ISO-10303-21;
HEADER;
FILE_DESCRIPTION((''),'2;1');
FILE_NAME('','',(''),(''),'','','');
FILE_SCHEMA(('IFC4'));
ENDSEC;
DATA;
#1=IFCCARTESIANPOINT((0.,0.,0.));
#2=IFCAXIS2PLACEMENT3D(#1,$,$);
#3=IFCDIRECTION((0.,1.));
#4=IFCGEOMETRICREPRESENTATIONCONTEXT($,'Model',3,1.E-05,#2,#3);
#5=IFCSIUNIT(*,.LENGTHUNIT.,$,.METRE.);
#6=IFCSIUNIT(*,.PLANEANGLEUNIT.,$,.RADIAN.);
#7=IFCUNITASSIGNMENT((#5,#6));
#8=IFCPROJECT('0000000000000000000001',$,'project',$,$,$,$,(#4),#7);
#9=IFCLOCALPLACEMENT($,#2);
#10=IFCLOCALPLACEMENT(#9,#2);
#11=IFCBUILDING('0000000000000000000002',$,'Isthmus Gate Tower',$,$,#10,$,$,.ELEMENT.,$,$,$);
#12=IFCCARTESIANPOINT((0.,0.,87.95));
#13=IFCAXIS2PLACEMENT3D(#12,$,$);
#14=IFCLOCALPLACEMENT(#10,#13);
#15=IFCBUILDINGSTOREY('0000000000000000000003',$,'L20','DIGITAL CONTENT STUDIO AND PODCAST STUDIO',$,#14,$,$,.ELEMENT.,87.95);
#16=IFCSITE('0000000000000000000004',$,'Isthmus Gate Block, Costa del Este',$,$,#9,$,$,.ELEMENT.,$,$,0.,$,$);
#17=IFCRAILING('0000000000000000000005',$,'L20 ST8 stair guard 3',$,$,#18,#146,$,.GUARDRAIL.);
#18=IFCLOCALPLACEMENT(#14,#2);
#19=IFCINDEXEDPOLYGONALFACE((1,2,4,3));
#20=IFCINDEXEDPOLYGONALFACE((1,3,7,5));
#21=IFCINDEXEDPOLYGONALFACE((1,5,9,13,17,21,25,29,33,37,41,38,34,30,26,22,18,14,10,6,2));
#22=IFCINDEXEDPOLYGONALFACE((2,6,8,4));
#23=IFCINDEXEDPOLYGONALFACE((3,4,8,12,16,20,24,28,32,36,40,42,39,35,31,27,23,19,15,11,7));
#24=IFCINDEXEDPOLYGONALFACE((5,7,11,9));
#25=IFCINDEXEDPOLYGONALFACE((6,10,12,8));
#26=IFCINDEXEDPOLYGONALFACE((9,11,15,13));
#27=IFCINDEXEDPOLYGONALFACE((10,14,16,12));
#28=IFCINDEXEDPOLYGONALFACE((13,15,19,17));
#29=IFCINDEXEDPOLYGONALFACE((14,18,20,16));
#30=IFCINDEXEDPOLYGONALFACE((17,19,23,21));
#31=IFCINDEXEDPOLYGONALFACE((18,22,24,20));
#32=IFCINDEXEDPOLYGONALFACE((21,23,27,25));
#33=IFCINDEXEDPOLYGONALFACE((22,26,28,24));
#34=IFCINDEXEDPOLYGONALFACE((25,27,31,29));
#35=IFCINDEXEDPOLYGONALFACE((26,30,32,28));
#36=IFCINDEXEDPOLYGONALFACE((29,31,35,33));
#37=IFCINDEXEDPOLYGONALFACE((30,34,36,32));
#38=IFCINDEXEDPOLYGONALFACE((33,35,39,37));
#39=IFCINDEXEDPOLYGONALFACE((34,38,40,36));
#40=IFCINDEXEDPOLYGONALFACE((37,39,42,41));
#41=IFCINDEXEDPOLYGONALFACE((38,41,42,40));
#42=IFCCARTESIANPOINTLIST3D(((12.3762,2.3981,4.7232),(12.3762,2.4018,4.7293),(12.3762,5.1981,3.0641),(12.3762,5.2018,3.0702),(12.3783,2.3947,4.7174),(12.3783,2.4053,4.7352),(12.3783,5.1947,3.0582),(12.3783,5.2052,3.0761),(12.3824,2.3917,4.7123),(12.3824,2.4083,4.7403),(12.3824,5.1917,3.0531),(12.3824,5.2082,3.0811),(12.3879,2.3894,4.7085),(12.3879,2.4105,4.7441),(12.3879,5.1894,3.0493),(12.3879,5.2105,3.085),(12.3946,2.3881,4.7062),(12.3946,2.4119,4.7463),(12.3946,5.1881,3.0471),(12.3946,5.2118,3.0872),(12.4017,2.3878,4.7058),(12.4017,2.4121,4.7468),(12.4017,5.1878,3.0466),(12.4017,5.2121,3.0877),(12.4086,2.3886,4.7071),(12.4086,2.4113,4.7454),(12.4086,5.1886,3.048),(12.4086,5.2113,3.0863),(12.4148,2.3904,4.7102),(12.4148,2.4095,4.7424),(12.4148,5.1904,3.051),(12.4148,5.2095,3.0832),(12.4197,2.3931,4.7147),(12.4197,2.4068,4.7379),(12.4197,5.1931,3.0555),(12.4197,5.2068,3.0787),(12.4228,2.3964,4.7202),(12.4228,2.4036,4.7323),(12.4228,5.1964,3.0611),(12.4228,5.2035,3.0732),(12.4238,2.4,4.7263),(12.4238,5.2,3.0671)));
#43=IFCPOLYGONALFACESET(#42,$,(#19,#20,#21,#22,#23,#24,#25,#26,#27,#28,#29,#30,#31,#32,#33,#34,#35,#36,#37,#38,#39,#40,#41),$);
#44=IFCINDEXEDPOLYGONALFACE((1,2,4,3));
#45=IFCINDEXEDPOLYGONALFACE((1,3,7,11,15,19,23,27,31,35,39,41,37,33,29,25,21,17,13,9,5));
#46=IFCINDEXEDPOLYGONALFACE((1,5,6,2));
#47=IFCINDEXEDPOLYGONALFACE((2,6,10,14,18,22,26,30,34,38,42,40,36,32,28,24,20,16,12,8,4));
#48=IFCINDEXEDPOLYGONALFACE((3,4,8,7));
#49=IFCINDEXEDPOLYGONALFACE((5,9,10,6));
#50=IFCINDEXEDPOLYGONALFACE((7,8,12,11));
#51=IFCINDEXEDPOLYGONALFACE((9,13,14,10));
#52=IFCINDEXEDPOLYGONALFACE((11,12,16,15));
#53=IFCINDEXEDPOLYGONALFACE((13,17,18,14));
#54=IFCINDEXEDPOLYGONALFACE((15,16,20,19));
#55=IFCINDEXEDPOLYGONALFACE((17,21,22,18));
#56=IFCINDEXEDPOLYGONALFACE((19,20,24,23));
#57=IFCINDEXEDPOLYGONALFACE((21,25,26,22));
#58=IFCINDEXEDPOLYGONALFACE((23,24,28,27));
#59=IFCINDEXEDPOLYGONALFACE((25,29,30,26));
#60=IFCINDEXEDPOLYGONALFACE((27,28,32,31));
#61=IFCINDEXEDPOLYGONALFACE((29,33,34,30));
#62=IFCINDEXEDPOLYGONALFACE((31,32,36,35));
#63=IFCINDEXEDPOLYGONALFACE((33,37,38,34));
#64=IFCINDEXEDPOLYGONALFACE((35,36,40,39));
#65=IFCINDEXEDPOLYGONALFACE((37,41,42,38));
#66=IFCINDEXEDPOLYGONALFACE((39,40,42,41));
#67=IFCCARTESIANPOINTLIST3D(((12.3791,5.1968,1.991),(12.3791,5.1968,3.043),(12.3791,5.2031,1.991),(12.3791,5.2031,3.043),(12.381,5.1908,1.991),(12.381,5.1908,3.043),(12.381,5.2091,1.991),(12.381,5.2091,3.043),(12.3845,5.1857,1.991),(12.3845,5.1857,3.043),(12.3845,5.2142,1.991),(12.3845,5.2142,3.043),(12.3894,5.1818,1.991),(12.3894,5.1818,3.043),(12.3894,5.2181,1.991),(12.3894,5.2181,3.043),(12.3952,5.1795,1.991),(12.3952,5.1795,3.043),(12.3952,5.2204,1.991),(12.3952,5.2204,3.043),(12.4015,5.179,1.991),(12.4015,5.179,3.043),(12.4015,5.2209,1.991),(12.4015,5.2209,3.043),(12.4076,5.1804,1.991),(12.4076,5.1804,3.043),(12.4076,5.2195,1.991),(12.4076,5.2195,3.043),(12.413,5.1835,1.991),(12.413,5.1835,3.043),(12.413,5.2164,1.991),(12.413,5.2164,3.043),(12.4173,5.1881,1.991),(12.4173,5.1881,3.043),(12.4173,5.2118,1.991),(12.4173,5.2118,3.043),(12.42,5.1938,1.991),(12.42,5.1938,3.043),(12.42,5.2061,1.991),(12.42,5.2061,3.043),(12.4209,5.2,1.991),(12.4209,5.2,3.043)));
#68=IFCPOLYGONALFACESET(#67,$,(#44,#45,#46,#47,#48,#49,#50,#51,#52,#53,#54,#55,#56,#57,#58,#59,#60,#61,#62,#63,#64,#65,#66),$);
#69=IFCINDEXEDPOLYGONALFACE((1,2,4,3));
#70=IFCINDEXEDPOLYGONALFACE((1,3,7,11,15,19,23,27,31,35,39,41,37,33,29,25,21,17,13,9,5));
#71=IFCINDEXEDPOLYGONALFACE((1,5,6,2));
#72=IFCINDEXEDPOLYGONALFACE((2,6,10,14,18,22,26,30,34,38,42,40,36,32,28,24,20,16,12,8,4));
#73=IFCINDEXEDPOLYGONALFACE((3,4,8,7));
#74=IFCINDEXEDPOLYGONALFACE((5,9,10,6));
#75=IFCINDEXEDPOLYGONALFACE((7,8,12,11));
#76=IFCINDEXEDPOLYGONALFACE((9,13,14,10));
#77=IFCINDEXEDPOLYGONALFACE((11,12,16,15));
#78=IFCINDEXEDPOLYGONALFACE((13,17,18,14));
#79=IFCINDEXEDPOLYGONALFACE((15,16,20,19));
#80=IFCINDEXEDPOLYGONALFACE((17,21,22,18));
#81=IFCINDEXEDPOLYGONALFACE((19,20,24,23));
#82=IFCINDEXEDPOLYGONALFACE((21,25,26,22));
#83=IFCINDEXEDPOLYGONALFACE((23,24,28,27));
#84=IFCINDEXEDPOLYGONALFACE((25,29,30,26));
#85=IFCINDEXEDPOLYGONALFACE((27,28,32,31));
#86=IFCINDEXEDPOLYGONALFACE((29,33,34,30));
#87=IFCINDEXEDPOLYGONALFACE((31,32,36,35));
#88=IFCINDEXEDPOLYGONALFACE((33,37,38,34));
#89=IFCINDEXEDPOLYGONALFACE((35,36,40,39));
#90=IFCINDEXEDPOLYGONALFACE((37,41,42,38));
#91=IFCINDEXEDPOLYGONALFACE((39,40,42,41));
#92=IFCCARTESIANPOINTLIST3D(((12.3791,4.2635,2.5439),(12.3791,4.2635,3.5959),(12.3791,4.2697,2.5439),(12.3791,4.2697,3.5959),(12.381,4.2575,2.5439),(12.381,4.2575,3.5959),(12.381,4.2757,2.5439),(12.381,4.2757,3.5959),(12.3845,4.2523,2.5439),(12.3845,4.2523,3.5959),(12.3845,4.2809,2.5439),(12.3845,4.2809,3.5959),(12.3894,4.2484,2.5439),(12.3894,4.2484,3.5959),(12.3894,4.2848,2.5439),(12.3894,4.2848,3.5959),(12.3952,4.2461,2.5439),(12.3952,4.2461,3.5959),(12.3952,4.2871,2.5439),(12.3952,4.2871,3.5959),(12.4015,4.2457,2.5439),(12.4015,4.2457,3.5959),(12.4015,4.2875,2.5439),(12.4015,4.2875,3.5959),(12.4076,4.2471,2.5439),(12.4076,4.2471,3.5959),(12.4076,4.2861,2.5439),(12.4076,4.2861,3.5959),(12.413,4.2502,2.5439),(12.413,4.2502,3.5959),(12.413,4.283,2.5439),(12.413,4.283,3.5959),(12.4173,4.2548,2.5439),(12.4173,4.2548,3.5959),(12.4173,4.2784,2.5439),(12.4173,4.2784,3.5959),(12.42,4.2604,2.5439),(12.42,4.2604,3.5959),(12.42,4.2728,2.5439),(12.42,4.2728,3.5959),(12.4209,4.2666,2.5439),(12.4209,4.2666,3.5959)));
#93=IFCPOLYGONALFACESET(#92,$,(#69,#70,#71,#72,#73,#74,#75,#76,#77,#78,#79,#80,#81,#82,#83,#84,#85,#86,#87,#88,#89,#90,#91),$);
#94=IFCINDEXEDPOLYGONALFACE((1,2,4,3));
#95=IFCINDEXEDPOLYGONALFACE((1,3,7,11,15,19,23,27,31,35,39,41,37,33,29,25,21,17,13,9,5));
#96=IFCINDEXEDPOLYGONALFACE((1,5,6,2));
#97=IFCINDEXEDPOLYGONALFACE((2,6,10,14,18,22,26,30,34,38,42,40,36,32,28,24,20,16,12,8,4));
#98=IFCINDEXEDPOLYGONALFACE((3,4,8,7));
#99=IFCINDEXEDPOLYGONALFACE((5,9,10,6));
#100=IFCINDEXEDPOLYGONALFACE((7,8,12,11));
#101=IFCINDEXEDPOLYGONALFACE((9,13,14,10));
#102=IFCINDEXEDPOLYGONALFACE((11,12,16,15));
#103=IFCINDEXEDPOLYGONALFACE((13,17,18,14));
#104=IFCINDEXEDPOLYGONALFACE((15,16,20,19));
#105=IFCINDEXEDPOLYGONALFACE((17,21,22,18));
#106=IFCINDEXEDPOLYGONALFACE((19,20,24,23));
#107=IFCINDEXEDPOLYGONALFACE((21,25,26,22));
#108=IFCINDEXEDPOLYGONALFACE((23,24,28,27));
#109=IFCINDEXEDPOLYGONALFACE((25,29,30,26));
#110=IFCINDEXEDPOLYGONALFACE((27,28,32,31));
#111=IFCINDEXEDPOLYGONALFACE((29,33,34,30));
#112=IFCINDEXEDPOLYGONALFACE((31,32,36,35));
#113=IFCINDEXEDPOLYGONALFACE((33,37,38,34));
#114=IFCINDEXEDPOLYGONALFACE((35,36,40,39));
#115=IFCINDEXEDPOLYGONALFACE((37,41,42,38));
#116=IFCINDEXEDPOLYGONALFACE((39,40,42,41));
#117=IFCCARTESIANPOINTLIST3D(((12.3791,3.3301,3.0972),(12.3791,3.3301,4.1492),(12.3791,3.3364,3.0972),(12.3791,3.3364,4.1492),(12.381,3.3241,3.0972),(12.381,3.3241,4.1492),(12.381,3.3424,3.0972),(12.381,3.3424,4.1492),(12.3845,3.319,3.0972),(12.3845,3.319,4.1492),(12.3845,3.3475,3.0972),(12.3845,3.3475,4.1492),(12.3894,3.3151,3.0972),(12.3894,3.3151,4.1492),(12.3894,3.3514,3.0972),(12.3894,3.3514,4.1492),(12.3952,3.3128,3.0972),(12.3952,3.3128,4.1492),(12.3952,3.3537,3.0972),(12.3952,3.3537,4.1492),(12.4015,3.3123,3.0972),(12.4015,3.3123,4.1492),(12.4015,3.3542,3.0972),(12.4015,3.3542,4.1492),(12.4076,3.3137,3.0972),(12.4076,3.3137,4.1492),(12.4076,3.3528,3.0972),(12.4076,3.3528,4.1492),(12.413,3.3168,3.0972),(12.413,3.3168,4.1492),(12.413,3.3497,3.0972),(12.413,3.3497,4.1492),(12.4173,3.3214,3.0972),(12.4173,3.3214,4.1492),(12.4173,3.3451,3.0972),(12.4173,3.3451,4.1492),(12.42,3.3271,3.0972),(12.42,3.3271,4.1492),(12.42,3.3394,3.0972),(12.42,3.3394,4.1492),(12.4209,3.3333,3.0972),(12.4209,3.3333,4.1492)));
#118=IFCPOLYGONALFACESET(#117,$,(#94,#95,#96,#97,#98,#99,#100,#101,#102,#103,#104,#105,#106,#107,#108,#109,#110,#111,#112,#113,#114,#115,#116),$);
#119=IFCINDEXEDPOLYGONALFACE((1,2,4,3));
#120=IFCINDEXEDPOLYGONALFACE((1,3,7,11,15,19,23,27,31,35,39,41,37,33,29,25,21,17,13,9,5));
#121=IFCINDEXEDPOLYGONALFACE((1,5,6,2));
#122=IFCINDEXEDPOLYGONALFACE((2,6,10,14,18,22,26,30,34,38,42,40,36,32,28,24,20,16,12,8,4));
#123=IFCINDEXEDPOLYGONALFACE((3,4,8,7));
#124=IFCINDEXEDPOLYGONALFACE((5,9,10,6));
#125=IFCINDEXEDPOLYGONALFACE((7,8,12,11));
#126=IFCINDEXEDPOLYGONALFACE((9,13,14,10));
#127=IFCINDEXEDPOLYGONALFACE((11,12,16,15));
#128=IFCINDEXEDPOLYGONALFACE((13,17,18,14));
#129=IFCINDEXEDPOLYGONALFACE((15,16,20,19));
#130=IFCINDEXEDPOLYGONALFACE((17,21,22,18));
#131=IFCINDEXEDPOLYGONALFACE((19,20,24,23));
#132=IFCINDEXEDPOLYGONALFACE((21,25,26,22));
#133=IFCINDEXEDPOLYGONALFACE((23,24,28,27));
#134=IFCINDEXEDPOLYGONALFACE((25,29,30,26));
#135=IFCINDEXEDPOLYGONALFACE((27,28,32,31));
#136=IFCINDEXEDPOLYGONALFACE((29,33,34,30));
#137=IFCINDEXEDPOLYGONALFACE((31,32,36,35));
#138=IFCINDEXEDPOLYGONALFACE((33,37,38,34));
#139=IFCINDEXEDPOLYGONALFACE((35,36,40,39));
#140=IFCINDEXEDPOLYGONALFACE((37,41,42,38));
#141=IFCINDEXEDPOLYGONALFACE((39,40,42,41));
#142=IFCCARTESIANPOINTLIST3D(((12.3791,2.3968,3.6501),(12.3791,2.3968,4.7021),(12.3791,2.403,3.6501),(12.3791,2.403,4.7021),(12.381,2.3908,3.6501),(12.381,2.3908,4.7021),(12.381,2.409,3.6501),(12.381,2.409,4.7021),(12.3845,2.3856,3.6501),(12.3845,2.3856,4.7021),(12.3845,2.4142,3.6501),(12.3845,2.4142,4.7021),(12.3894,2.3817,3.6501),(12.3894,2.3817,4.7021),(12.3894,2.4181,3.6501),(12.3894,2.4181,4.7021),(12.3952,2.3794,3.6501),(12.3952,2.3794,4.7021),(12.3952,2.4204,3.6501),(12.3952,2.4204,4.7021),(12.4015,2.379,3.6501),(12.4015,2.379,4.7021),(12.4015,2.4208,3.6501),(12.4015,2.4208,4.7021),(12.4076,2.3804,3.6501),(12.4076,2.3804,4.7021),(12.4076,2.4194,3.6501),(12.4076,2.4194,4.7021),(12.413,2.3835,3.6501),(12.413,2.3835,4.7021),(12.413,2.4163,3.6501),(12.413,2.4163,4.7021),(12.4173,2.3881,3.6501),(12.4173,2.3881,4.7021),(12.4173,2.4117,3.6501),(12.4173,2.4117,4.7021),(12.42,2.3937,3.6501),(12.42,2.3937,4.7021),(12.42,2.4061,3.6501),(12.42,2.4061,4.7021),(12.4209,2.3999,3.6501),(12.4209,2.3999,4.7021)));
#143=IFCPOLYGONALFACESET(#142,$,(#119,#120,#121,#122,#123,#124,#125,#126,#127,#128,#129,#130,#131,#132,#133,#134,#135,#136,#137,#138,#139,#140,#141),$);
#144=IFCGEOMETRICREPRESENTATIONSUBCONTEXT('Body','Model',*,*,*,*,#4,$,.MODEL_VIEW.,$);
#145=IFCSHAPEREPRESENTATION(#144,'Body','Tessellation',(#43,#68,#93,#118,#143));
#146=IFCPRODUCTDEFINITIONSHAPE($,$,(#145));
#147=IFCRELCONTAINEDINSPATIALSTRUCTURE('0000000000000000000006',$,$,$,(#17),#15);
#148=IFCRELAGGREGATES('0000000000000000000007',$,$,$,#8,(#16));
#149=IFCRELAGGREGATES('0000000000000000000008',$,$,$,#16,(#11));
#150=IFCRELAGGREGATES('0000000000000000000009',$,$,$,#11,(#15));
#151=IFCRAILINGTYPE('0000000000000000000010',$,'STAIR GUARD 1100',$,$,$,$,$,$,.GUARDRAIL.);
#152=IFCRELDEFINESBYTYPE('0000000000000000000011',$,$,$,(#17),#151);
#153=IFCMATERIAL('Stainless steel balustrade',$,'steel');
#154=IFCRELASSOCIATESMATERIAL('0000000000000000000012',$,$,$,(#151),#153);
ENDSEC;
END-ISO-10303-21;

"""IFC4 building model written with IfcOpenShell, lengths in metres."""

from ifc_helpers import new_model, si_unit, direction, frame, origin, origin_2d, place, context, subcontext, project, spatial, circle, extrude, material, type_object, element, save


model = new_model("IFC4")

# Units and contexts
model_context = context("Model", 3, precision=1e-05, world=origin(), true_north=direction((0.0, 1.0)))
body_context = subcontext(model_context, "Body", "Model", "MODEL_VIEW")
ifc_project = project(units=[si_unit("LENGTHUNIT", "METRE"), si_unit("PLANEANGLEUNIT", "RADIAN")], contexts=[model_context])

# Site, building, storey
site_placement = place(None, origin())
site = spatial("IfcSite", under=ifc_project, at=site_placement, Name="Isthmus Gate Block, Costa del Este", CompositionType="ELEMENT", RefElevation=0.0)
building_placement = place(site_placement, origin())
building = spatial("IfcBuilding", under=site, at=building_placement, Name="Isthmus Gate Tower", CompositionType="ELEMENT")
storey_placement = place(building_placement, frame((0.0, 0.0, 87.95)))
storey = spatial("IfcBuildingStorey", under=building, at=storey_placement, Name="L20", Description="DIGITAL CONTENT STUDIO AND PODCAST STUDIO", CompositionType="ELEMENT", Elevation=87.95)

# Railing
ifc_material_1 = material(Name="Stainless steel balustrade", Category="steel")
railing_type_1 = type_object("IfcRailingType", Name="STAIR GUARD 1100", PredefinedType="GUARDRAIL", material=ifc_material_1)
railing_1_placement = place(storey_placement, frame((12.3999, 5.2, 1.991)))
element("IfcRailing", 1, at=railing_1_placement, inside=storey, type_object=railing_type_1, Name="L20 ST8 stair guard 3", PredefinedType="GUARDRAIL", context=body_context, shape_type="SweptSolid", body=[
    extrude(circle(Radius=0.0239, at=origin_2d()), frame((0.0, 0.0, 1.0762), z_axis=(0.0, -0.860306, 0.509778), x_axis=(1.0, 0.0, 0.0)), (0.0, 0.0, 1.0), 3.2546),
    extrude(circle(Radius=0.021, at=origin_2d()), origin(), (0.0, 0.0, 1.0), 1.052),
    extrude(circle(Radius=0.021, at=origin_2d()), frame((0.0, -0.9333, 0.553)), (0.0, 0.0, 1.0), 1.052),
    extrude(circle(Radius=0.021, at=origin_2d()), frame((0.0, -1.8667, 1.1062)), (0.0, 0.0, 1.0), 1.052),
    extrude(circle(Radius=0.021, at=origin_2d()), frame((0.0, -2.8, 1.6592)), (0.0, 0.0, 1.0), 1.052),
])

save(model, "model.ifc")
